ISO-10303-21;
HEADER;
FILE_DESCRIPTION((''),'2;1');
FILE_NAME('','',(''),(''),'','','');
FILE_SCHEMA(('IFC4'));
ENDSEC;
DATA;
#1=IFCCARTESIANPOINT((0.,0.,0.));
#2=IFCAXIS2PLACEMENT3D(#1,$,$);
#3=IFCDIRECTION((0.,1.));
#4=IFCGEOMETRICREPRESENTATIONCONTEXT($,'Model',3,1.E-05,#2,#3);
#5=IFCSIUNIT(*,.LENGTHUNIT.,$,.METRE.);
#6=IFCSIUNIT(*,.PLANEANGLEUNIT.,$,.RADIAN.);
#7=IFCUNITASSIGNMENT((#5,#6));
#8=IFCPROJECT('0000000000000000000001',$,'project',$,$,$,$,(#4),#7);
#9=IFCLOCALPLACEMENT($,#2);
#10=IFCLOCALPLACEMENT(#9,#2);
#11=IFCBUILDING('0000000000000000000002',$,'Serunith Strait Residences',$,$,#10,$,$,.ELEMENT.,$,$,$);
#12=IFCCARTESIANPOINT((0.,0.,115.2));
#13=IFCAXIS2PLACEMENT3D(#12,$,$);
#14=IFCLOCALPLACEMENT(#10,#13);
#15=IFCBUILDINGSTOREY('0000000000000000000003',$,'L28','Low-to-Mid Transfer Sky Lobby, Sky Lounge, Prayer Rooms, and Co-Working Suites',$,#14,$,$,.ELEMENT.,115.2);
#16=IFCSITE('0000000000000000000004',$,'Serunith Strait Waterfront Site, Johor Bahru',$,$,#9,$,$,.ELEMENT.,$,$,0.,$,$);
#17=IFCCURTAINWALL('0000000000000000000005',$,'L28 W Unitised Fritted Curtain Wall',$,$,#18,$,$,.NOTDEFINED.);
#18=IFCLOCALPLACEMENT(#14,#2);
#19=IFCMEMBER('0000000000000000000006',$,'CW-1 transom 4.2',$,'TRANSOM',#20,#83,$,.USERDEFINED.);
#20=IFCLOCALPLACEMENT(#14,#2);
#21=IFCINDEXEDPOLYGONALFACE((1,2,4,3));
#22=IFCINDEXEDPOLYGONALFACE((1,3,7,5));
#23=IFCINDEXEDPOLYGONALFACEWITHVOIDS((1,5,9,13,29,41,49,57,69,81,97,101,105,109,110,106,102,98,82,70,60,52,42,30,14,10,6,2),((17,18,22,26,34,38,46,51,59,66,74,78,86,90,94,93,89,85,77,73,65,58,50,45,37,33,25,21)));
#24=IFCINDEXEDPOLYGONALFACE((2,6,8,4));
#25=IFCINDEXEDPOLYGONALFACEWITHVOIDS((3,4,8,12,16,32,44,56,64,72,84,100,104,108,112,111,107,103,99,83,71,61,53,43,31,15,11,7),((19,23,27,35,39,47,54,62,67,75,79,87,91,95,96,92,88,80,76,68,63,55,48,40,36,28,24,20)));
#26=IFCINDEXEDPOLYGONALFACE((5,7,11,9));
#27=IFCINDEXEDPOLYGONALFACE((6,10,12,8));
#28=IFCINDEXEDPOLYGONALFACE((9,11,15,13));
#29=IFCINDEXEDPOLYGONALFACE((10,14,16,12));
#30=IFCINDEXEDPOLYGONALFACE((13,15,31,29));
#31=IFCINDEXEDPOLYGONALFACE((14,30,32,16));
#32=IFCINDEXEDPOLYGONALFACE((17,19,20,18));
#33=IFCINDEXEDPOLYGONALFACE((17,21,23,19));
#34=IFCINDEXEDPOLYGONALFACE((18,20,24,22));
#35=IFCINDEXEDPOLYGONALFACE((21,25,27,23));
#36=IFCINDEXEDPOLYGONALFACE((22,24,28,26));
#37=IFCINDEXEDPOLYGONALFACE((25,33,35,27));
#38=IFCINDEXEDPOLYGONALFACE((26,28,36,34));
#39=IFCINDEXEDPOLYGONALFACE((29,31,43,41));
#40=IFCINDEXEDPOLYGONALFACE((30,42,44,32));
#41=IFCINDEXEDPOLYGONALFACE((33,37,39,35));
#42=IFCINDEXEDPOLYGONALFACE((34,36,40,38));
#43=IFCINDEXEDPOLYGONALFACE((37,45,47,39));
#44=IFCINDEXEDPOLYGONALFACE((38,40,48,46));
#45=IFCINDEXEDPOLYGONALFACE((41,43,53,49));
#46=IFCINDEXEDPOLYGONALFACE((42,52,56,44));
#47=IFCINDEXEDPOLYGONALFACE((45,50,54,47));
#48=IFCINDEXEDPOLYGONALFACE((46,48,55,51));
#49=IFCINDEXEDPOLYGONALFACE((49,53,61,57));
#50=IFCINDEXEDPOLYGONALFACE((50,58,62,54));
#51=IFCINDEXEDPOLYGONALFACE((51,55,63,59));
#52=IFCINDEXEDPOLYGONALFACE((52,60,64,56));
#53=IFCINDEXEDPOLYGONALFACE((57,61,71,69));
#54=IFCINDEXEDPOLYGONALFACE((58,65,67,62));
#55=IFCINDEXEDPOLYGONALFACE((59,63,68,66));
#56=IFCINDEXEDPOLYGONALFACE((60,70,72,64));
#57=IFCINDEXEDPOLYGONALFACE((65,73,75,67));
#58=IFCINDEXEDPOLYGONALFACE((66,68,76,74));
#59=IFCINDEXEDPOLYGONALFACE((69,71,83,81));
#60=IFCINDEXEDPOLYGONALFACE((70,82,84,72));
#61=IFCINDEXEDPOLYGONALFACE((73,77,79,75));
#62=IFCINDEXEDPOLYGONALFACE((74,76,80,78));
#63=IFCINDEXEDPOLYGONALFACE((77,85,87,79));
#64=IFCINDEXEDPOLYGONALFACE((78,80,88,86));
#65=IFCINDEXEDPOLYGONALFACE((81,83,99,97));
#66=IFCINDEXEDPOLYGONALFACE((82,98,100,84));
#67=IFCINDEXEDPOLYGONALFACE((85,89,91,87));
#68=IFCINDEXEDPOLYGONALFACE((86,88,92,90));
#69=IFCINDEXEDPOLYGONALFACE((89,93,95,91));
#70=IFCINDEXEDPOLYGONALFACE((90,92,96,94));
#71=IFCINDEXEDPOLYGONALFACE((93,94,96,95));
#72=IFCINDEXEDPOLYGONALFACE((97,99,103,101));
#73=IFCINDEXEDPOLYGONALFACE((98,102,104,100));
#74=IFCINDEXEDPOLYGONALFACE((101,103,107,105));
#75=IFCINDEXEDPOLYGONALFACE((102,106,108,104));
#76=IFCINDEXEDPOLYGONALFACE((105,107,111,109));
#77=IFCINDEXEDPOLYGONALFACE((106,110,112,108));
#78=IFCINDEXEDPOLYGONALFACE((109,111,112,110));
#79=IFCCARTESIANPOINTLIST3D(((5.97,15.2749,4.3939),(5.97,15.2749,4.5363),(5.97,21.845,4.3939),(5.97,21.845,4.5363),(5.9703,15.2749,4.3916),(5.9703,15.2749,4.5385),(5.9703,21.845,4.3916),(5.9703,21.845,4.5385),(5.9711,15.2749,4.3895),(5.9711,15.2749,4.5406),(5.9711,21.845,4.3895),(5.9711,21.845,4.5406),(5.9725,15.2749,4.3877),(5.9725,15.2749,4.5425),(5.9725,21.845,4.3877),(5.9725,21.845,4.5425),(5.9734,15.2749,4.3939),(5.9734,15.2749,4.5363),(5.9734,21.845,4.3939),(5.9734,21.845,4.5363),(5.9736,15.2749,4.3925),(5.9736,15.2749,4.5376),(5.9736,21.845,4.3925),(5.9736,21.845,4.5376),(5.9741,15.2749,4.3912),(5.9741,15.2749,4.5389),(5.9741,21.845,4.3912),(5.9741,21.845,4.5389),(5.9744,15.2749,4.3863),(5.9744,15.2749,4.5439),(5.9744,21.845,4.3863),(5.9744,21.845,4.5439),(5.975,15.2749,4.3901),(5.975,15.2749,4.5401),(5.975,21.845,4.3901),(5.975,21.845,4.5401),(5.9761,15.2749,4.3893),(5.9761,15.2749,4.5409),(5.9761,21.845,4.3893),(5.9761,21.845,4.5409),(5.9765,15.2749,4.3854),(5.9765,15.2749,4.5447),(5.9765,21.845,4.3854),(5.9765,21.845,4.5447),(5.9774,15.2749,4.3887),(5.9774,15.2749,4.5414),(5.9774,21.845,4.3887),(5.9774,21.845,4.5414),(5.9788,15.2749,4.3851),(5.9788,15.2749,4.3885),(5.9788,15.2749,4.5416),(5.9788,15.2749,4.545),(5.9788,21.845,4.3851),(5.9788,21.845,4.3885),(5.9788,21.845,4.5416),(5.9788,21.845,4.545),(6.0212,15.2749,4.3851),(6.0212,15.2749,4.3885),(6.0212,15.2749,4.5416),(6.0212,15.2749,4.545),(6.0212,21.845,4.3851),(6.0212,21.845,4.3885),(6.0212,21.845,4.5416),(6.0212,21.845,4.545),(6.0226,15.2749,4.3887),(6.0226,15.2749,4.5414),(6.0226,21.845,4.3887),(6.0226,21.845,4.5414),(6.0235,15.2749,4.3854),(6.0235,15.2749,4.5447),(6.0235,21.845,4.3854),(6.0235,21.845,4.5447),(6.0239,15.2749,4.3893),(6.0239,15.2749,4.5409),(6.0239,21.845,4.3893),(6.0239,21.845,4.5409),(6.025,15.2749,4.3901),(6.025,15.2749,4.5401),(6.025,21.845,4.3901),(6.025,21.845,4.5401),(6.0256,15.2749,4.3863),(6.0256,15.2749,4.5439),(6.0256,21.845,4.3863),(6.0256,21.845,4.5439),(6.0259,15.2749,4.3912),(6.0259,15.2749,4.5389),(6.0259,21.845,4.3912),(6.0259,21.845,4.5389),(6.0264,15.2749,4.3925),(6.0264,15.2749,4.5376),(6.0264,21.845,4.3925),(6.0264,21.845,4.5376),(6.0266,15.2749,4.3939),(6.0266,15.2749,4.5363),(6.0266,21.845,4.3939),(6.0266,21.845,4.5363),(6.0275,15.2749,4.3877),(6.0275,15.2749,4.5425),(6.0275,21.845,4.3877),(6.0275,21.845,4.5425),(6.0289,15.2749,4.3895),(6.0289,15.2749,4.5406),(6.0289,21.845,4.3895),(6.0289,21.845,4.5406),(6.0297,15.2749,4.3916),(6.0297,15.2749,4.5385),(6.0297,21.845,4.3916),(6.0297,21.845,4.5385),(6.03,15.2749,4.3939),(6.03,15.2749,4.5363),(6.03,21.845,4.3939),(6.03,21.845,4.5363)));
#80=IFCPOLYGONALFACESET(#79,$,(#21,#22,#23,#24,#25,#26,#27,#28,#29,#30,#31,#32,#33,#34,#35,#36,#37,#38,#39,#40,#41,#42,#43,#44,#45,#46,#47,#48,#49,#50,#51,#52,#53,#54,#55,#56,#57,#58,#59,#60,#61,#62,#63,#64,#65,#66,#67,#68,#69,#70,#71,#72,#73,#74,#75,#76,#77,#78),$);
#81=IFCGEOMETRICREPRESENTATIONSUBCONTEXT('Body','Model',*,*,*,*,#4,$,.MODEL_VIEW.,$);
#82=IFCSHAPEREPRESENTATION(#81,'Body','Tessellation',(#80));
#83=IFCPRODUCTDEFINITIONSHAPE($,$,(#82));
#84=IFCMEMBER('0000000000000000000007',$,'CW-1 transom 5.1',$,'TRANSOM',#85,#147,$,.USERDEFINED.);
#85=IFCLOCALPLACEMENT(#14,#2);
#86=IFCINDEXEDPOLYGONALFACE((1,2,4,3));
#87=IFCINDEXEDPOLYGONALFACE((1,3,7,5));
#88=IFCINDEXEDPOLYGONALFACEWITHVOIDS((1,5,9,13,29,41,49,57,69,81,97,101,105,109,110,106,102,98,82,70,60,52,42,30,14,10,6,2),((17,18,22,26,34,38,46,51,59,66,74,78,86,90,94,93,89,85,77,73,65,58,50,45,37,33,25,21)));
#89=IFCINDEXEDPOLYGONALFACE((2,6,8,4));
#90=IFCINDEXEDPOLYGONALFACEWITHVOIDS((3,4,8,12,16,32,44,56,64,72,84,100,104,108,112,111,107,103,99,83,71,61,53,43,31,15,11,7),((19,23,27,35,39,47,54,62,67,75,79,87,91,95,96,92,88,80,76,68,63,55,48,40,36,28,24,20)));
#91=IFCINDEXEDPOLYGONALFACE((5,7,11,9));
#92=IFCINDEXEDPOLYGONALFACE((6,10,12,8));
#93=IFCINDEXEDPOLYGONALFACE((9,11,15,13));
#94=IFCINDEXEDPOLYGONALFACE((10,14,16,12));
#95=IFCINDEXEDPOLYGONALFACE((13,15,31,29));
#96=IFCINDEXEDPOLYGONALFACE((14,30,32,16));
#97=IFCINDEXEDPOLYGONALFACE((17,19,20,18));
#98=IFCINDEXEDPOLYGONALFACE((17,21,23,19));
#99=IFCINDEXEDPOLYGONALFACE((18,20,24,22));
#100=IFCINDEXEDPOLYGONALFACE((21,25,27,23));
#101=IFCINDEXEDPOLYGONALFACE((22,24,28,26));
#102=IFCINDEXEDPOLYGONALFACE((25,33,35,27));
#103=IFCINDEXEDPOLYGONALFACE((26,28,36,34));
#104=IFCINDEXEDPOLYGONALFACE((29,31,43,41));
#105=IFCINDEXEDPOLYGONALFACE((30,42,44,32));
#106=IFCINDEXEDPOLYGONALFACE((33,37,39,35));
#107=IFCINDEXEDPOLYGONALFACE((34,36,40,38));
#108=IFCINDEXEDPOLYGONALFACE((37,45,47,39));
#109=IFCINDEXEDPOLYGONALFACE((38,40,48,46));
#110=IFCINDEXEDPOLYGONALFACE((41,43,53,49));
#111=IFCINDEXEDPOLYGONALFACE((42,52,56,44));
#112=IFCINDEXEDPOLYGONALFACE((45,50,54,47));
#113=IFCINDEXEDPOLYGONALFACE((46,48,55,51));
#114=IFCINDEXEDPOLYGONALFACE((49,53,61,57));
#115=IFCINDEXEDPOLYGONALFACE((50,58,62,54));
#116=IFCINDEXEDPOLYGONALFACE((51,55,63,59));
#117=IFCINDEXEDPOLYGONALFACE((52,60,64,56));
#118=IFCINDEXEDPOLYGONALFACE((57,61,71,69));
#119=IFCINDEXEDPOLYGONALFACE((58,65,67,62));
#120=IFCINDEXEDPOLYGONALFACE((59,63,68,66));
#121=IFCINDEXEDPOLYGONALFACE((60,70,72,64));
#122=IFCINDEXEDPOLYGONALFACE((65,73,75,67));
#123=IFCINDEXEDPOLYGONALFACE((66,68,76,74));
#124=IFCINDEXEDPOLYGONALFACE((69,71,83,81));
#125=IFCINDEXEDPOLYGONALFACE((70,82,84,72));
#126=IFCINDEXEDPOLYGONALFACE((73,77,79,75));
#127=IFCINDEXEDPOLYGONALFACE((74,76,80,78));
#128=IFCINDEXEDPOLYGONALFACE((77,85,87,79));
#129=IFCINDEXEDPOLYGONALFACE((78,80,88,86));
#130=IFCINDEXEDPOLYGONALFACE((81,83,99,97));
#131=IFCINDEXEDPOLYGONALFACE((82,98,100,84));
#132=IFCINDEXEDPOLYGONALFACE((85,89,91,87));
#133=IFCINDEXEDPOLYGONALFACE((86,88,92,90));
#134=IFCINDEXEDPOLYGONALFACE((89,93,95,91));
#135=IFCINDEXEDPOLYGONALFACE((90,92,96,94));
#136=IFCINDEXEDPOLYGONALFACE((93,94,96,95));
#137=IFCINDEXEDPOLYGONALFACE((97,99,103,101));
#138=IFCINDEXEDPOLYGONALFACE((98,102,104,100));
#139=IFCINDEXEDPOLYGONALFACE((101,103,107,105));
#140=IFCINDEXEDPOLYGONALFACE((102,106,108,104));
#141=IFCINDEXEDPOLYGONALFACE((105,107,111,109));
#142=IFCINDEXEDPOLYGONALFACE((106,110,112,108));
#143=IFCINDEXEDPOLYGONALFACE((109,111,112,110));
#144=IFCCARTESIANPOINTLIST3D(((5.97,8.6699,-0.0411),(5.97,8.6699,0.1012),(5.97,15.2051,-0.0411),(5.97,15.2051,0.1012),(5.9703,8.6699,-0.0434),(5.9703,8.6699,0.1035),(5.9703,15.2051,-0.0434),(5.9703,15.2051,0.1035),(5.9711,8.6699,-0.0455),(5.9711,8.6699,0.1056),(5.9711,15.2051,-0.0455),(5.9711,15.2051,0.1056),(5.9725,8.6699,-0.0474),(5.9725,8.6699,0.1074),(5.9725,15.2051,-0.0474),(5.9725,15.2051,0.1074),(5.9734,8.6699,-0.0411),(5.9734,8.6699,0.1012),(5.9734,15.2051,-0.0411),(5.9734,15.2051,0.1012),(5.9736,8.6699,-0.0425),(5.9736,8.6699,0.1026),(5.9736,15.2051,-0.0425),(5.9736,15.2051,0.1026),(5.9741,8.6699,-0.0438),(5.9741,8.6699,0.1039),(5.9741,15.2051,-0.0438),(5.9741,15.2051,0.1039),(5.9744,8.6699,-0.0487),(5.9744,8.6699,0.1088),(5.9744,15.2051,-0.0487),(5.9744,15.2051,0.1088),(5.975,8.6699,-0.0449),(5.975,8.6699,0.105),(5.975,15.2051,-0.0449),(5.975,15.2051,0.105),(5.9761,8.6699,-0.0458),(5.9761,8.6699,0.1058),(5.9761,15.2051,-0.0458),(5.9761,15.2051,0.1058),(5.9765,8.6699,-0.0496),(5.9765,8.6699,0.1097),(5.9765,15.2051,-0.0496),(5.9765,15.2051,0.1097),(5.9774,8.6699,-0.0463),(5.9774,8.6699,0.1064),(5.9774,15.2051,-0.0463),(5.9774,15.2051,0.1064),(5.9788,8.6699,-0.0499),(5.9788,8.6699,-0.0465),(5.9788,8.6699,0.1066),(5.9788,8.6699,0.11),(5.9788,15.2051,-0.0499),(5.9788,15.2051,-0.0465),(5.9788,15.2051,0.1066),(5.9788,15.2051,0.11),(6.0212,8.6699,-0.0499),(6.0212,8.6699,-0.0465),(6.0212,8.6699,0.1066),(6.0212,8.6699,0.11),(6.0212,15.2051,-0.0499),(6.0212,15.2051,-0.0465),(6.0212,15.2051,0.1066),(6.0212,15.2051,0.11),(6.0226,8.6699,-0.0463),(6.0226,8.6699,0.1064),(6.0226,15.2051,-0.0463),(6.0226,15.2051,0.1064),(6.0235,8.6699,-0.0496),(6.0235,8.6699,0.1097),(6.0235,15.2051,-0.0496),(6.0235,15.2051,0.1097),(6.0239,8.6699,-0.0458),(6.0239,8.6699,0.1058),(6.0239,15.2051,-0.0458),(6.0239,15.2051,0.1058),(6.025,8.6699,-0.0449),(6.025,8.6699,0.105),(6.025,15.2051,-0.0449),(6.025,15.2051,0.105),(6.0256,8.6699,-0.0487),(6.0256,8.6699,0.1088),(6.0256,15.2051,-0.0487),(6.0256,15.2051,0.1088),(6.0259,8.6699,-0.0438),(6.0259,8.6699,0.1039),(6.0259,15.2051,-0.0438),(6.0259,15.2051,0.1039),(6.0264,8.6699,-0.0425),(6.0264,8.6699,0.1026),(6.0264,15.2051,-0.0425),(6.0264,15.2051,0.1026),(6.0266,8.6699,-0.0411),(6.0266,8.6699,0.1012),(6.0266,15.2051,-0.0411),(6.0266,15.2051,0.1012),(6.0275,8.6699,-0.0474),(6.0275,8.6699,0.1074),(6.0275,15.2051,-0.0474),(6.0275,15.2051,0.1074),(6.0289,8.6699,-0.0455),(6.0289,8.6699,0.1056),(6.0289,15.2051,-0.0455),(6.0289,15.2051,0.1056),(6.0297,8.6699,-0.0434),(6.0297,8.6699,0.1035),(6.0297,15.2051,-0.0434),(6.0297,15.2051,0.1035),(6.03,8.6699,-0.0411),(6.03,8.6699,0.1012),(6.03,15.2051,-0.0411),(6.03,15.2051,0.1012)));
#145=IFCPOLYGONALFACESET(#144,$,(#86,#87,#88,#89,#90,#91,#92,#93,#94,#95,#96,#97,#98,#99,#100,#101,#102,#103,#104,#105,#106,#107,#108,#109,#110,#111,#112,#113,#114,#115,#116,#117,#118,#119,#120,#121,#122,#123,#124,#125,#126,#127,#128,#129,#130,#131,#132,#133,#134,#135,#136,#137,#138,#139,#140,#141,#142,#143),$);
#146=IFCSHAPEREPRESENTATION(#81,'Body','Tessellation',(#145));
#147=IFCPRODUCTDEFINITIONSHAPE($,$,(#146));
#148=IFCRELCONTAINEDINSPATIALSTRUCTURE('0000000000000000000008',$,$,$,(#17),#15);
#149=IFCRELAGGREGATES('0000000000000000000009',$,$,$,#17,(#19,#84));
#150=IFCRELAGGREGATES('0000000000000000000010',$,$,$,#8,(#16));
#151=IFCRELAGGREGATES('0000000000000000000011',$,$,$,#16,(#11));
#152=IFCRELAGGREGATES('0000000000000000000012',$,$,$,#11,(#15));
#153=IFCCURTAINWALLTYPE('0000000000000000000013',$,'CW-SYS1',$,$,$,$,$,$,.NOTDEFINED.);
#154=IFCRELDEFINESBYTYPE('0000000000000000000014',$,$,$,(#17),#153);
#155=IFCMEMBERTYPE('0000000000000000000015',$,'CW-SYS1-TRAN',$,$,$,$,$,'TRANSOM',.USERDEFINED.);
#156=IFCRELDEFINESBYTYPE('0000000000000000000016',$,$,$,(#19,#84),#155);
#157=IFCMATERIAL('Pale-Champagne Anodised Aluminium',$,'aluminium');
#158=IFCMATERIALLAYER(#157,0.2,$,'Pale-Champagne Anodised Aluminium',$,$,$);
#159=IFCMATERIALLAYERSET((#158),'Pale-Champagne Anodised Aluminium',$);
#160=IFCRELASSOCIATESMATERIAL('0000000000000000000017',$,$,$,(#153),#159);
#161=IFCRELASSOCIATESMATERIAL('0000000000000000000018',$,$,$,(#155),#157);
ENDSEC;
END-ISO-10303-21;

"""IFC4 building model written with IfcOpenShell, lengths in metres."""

from ifc_helpers import new_model, si_unit, direction, frame, origin, origin_2d, place, context, subcontext, project, spatial, hollow_rectangle, extrude, source, transform, mapped, material, layer, layer_set, material_profile, profile_set, type_object, element, aggregate, save


model = new_model("IFC4")

# Units and contexts
model_context = context("Model", 3, precision=1e-05, world=origin(), true_north=direction((0.0, 1.0)))
body_context = subcontext(model_context, "Body", "Model", "MODEL_VIEW")
ifc_project = project(units=[si_unit("LENGTHUNIT", "METRE"), si_unit("PLANEANGLEUNIT", "RADIAN")], contexts=[model_context])

# Site, building, storey
site_placement = place(None, origin())
site = spatial("IfcSite", under=ifc_project, at=site_placement, Name="Serunith Strait Waterfront Site, Johor Bahru", CompositionType="ELEMENT", RefElevation=0.0)
building_placement = place(site_placement, origin())
building = spatial("IfcBuilding", under=site, at=building_placement, Name="Serunith Strait Residences", CompositionType="ELEMENT")
storey_placement = place(building_placement, frame((0.0, 0.0, 115.2)))
storey = spatial("IfcBuildingStorey", under=building, at=storey_placement, Name="L28", Description="Low-to-Mid Transfer Sky Lobby, Sky Lounge, Prayer Rooms, and Co-Working Suites", CompositionType="ELEMENT", Elevation=115.2)

# Curtain wall, members
ifc_material_1 = material(Name="Pale-Champagne Anodised Aluminium", Category="aluminium")
ifc_layer_1 = layer(ifc_material_1, 0.2, Name="Pale-Champagne Anodised Aluminium")
ifc_layer_set_1 = layer_set([ifc_layer_1], Name="Pale-Champagne Anodised Aluminium")
curtain_wall_type = type_object("IfcCurtainWallType", Name="CW-SYS1", PredefinedType="NOTDEFINED", material=ifc_layer_set_1)
curtain_wall_placement = place(storey_placement, origin())
curtain_wall = element("IfcCurtainWall", 1, at=curtain_wall_placement, inside=storey, type_object=curtain_wall_type, Name="L28 W Unitised Fritted Curtain Wall", PredefinedType="NOTDEFINED")
ifc_material_profile_1 = material_profile(ifc_material_1, hollow_rectangle(XDim=0.0601, YDim=0.1599, WallThickness=0.0034, InnerFilletRadius=0.0054, OuterFilletRadius=0.0088, at=origin_2d()), Name="ALU 160x60x3.5")
ifc_profile_set_1 = profile_set([ifc_material_profile_1], Name="Pale-Champagne Anodised Aluminium")
member_type_1 = type_object("IfcMemberType", Name="CW-SYS1-TRAN", ElementType="TRANSOM", PredefinedType="USERDEFINED", material=ifc_profile_set_1)
shared_shape_1 = source(origin(), body_context, "Body", "SweptSolid", [
    extrude(hollow_rectangle(XDim=0.0601, YDim=0.1599, WallThickness=0.0034, InnerFilletRadius=0.0054, OuterFilletRadius=0.0088, at=origin_2d()), origin(), (0.0, 0.0, 1.0), 6.5701),
])
member_1_placement = place(storey_placement, frame((6.0, 21.845, 4.4651), z_axis=(0.0, -1.0, 0.0), x_axis=(1.0, 0.0, 0.0)))
member_1 = element("IfcMember", 2, at=member_1_placement, type_object=member_type_1, Name="CW-1 transom 4.2", ObjectType="TRANSOM", PredefinedType="USERDEFINED", context=body_context, shape_type="MappedRepresentation", body=[
    mapped(shared_shape_1, transform((0.0, 0.0, 0.0), scale=1.0)),
])
shared_shape_2 = source(origin(), body_context, "Body", "SweptSolid", [
    extrude(hollow_rectangle(XDim=0.0601, YDim=0.1599, WallThickness=0.0034, InnerFilletRadius=0.0054, OuterFilletRadius=0.0088, at=origin_2d()), origin(), (0.0, 0.0, 1.0), 6.5352),
])
member_2_placement = place(storey_placement, frame((6.0, 15.2051, 0.03), z_axis=(0.0, -1.0, 0.0), x_axis=(1.0, 0.0, 0.0)))
member_2 = element("IfcMember", 3, at=member_2_placement, type_object=member_type_1, Name="CW-1 transom 5.1", ObjectType="TRANSOM", PredefinedType="USERDEFINED", context=body_context, shape_type="MappedRepresentation", body=[
    mapped(shared_shape_2, transform((0.0, 0.0, 0.0), scale=1.0)),
])
aggregate(curtain_wall, [member_1, member_2])

save(model, "model.ifc")
